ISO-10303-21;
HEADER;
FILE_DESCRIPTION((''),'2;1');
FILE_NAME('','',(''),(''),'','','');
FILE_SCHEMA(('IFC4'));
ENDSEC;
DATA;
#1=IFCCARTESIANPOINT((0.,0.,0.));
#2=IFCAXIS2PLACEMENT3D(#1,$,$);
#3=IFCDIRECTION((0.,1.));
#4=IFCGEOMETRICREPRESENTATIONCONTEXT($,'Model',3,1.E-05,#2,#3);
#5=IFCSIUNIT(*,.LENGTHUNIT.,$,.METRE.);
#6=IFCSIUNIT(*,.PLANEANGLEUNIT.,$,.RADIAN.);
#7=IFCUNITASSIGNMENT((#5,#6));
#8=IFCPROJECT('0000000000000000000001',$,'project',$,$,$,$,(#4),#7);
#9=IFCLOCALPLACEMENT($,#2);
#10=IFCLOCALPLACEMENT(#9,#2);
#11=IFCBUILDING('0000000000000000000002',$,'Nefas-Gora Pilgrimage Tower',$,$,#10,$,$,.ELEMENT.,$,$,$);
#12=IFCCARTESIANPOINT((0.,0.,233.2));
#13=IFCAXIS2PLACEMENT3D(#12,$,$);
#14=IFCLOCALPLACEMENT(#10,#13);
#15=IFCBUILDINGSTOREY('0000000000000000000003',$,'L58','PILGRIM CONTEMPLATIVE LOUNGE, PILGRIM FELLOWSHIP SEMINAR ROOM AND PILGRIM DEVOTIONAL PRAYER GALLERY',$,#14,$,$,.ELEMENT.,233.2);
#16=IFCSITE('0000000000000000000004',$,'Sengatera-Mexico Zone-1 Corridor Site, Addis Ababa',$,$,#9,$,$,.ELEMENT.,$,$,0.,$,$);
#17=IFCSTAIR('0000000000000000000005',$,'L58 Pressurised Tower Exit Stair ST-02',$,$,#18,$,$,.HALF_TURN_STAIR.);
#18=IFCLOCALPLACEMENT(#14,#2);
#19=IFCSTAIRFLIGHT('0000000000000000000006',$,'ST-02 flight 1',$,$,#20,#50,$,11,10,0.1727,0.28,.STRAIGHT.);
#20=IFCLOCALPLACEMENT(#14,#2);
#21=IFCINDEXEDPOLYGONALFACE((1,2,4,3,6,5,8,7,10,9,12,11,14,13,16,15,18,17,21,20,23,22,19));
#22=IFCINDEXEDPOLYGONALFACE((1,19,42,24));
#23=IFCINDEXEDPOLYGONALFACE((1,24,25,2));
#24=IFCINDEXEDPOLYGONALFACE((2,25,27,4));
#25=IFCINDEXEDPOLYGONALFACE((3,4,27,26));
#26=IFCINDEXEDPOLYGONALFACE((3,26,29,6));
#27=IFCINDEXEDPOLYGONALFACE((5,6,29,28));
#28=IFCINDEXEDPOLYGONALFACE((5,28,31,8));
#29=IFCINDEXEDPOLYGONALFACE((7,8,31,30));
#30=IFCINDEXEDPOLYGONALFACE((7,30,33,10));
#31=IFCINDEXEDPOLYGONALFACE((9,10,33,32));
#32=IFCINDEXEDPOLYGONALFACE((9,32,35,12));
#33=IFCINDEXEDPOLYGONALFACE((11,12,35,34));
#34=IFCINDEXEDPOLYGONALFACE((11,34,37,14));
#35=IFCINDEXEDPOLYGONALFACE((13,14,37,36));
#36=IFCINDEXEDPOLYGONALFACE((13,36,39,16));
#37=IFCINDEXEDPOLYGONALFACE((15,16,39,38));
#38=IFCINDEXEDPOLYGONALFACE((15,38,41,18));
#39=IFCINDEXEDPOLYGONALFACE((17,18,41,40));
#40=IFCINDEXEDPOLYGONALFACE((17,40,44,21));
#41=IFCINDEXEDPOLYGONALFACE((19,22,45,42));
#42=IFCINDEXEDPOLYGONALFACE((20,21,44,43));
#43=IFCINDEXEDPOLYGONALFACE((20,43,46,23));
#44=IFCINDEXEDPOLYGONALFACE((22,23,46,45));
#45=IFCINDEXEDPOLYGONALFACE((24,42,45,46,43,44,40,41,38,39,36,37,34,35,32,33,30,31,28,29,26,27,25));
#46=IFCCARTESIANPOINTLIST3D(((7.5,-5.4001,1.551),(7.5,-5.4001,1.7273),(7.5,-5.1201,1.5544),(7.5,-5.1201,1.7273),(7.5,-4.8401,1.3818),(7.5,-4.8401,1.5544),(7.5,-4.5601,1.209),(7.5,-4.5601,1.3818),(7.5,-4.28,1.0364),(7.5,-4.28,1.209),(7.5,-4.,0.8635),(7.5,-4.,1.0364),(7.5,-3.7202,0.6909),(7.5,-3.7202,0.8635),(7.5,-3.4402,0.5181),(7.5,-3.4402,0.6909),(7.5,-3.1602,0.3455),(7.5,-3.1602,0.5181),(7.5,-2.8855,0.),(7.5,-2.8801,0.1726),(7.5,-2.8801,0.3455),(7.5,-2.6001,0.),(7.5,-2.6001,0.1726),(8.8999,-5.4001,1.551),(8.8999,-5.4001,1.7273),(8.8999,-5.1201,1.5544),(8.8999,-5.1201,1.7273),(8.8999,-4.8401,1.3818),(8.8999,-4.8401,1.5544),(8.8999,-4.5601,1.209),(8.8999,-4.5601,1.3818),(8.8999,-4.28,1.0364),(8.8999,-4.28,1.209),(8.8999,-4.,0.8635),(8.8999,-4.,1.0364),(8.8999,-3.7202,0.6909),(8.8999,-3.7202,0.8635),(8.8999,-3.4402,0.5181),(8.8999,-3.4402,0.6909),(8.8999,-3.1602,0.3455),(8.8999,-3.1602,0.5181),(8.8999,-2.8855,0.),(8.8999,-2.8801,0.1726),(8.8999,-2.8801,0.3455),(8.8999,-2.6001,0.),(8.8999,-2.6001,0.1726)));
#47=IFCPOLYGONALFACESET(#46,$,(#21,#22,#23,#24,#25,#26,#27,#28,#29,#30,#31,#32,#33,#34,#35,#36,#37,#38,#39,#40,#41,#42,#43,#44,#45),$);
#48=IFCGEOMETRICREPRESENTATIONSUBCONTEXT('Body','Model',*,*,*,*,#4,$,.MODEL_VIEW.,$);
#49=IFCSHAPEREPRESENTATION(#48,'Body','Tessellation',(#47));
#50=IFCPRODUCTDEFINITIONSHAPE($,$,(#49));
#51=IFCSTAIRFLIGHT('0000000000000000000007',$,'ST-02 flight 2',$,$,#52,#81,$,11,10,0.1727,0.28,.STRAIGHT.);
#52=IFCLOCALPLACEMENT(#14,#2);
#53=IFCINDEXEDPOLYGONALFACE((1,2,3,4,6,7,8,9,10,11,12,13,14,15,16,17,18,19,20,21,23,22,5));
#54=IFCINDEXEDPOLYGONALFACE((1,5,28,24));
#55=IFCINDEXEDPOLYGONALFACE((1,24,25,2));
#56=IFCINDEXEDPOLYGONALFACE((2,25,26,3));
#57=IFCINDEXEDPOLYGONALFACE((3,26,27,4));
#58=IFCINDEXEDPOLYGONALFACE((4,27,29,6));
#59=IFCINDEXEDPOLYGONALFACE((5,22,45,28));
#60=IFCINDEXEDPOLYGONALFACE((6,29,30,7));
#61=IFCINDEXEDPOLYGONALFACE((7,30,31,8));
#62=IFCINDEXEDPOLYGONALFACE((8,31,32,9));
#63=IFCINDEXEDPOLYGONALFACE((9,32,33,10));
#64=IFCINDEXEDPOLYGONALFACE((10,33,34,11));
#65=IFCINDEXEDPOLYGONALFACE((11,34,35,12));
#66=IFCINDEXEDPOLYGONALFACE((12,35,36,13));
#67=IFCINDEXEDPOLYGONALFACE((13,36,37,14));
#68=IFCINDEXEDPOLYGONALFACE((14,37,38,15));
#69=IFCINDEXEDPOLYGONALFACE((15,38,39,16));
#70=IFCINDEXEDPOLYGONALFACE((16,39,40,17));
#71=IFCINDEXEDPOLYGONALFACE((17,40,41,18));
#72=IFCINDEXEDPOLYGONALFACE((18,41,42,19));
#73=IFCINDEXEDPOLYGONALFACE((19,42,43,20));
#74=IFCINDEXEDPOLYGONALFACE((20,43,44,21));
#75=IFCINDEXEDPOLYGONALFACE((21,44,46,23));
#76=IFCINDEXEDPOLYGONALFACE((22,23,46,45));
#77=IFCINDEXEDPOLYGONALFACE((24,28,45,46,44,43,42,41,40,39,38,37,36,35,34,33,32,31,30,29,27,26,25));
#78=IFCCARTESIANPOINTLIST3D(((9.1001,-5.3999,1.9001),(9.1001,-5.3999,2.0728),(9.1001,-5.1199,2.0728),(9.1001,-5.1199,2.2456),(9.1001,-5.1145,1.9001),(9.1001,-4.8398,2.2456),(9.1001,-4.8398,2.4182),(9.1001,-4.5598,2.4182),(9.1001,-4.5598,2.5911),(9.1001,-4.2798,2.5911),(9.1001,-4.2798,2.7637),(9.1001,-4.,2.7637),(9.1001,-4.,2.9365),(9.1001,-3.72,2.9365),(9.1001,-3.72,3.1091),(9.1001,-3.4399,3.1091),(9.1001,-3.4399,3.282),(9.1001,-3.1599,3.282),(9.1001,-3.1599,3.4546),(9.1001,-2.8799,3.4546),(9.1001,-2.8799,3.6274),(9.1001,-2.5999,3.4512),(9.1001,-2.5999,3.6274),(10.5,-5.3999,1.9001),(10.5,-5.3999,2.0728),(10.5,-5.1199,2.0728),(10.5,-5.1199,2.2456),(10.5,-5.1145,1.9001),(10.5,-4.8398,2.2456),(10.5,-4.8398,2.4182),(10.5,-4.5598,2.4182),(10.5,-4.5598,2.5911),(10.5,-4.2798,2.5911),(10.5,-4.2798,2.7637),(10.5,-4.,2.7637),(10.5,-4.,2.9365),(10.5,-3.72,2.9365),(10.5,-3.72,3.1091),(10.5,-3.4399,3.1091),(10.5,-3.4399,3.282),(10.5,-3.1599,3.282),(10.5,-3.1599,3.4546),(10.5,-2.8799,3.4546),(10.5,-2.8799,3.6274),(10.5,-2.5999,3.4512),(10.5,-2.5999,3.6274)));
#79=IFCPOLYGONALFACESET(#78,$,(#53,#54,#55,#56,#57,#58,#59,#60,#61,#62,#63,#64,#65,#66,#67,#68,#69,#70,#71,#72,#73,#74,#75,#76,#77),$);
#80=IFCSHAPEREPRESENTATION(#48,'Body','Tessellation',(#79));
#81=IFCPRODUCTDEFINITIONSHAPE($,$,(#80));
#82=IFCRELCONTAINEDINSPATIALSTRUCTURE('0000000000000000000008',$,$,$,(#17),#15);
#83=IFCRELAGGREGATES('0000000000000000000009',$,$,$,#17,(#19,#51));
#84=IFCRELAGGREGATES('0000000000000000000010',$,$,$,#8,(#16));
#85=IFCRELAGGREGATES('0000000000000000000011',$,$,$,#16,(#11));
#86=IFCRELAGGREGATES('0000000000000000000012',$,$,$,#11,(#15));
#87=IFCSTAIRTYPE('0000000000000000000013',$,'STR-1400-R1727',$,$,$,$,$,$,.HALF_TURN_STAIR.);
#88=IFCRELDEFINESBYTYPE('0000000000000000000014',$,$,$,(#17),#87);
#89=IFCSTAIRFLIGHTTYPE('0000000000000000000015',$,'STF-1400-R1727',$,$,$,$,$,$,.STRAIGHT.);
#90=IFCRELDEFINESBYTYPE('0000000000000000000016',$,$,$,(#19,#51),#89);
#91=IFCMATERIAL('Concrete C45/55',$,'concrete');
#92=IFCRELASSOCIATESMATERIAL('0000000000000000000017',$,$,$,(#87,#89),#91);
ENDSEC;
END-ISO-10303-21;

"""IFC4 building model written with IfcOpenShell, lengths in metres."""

from ifc_helpers import new_model, si_unit, direction, frame, origin, place, context, subcontext, project, spatial, polyline, outline, extrude, source, transform, mapped, material, type_object, element, aggregate, save


model = new_model("IFC4")

# Units and contexts
model_context = context("Model", 3, precision=1e-05, world=origin(), true_north=direction((0.0, 1.0)))
body_context = subcontext(model_context, "Body", "Model", "MODEL_VIEW")
ifc_project = project(units=[si_unit("LENGTHUNIT", "METRE"), si_unit("PLANEANGLEUNIT", "RADIAN")], contexts=[model_context])

# Site, building, storey
site_placement = place(None, origin())
site = spatial("IfcSite", under=ifc_project, at=site_placement, Name="Sengatera-Mexico Zone-1 Corridor Site, Addis Ababa", CompositionType="ELEMENT", RefElevation=0.0)
building_placement = place(site_placement, origin())
building = spatial("IfcBuilding", under=site, at=building_placement, Name="Nefas-Gora Pilgrimage Tower", CompositionType="ELEMENT")
storey_placement = place(building_placement, frame((0.0, 0.0, 233.2)))
storey = spatial("IfcBuildingStorey", under=building, at=storey_placement, Name="L58", Description="PILGRIM CONTEMPLATIVE LOUNGE, PILGRIM FELLOWSHIP SEMINAR ROOM AND PILGRIM DEVOTIONAL PRAYER GALLERY", CompositionType="ELEMENT", Elevation=233.2)

# Shared definitions
ifc_material_1 = material(Name="Concrete C45/55", Category="concrete")

# Stair, stair flights
stair_type = type_object("IfcStairType", Name="STR-1400-R1727", PredefinedType="HALF_TURN_STAIR", material=ifc_material_1)
stair_placement = place(storey_placement, origin())
stair = element("IfcStair", 1, at=stair_placement, inside=storey, type_object=stair_type, Name="L58 Pressurised Tower Exit Stair ST-02", PredefinedType="HALF_TURN_STAIR")
stair_flight_type = type_object("IfcStairFlightType", Name="STF-1400-R1727", PredefinedType="STRAIGHT", material=ifc_material_1)
shared_shape_1 = source(origin(), body_context, "Body", "SweptSolid", [
    extrude(outline(polyline([(0.0, 0.0), (0.0, 0.1726), (0.28, 0.1726), (0.28, 0.3455), (0.5601, 0.3455), (0.5601, 0.5181), (0.8401, 0.5181), (0.8401, 0.6909), (1.1201, 0.6909), (1.1201, 0.8635), (1.3999, 0.8635), (1.3999, 1.0364), (1.6799, 1.0364), (1.6799, 1.209), (1.96, 1.209), (1.96, 1.3818), (2.24, 1.3818), (2.24, 1.5544), (2.52, 1.5544), (2.52, 1.7273), (2.8, 1.7273), (2.8, 1.8999), (2.8, 1.551), (0.2854, 0.0), (0.0, 0.0)])), frame((0.0, 0.7, 0.0), z_axis=(0.0, -1.0, 0.0), x_axis=(1.0, 0.0, 0.0)), (0.0, 0.0, 1.0), 1.3999),
])
stair_flight_1_placement = place(storey_placement, frame((8.2, -2.6001, 0.0), z_axis=(0.0, 0.0, 1.0), x_axis=(0.0, -1.0, 0.0)))
stair_flight_1 = element("IfcStairFlight", 2, at=stair_flight_1_placement, type_object=stair_flight_type, Name="ST-02 flight 1", NumberOfRisers=11, NumberOfTreads=10, PredefinedType="STRAIGHT", RiserHeight=0.1727, TreadLength=0.28, context=body_context, shape_type="MappedRepresentation", body=[
    mapped(shared_shape_1, transform((0.0, 0.0, 0.0), x_axis=(1.0, 0.0, 0.0), y_axis=(0.0, 1.0, 0.0), z_axis=(0.0, 0.0, 1.0), scale=1.0)),
])
stair_flight_2_placement = place(storey_placement, frame((9.8, -5.3999, 1.9001), z_axis=(0.0, 0.0, 1.0), x_axis=(0.0, 1.0, 0.0)))
stair_flight_2 = element("IfcStairFlight", 3, at=stair_flight_2_placement, type_object=stair_flight_type, Name="ST-02 flight 2", NumberOfRisers=11, NumberOfTreads=10, PredefinedType="STRAIGHT", RiserHeight=0.1727, TreadLength=0.28, context=body_context, shape_type="MappedRepresentation", body=[
    mapped(shared_shape_1, transform((0.0, 0.0, 0.0), x_axis=(1.0, 0.0, 0.0), y_axis=(0.0, 1.0, 0.0), z_axis=(0.0, 0.0, 1.0), scale=1.0)),
])
aggregate(stair, [stair_flight_1, stair_flight_2])

save(model, "model.ifc")
